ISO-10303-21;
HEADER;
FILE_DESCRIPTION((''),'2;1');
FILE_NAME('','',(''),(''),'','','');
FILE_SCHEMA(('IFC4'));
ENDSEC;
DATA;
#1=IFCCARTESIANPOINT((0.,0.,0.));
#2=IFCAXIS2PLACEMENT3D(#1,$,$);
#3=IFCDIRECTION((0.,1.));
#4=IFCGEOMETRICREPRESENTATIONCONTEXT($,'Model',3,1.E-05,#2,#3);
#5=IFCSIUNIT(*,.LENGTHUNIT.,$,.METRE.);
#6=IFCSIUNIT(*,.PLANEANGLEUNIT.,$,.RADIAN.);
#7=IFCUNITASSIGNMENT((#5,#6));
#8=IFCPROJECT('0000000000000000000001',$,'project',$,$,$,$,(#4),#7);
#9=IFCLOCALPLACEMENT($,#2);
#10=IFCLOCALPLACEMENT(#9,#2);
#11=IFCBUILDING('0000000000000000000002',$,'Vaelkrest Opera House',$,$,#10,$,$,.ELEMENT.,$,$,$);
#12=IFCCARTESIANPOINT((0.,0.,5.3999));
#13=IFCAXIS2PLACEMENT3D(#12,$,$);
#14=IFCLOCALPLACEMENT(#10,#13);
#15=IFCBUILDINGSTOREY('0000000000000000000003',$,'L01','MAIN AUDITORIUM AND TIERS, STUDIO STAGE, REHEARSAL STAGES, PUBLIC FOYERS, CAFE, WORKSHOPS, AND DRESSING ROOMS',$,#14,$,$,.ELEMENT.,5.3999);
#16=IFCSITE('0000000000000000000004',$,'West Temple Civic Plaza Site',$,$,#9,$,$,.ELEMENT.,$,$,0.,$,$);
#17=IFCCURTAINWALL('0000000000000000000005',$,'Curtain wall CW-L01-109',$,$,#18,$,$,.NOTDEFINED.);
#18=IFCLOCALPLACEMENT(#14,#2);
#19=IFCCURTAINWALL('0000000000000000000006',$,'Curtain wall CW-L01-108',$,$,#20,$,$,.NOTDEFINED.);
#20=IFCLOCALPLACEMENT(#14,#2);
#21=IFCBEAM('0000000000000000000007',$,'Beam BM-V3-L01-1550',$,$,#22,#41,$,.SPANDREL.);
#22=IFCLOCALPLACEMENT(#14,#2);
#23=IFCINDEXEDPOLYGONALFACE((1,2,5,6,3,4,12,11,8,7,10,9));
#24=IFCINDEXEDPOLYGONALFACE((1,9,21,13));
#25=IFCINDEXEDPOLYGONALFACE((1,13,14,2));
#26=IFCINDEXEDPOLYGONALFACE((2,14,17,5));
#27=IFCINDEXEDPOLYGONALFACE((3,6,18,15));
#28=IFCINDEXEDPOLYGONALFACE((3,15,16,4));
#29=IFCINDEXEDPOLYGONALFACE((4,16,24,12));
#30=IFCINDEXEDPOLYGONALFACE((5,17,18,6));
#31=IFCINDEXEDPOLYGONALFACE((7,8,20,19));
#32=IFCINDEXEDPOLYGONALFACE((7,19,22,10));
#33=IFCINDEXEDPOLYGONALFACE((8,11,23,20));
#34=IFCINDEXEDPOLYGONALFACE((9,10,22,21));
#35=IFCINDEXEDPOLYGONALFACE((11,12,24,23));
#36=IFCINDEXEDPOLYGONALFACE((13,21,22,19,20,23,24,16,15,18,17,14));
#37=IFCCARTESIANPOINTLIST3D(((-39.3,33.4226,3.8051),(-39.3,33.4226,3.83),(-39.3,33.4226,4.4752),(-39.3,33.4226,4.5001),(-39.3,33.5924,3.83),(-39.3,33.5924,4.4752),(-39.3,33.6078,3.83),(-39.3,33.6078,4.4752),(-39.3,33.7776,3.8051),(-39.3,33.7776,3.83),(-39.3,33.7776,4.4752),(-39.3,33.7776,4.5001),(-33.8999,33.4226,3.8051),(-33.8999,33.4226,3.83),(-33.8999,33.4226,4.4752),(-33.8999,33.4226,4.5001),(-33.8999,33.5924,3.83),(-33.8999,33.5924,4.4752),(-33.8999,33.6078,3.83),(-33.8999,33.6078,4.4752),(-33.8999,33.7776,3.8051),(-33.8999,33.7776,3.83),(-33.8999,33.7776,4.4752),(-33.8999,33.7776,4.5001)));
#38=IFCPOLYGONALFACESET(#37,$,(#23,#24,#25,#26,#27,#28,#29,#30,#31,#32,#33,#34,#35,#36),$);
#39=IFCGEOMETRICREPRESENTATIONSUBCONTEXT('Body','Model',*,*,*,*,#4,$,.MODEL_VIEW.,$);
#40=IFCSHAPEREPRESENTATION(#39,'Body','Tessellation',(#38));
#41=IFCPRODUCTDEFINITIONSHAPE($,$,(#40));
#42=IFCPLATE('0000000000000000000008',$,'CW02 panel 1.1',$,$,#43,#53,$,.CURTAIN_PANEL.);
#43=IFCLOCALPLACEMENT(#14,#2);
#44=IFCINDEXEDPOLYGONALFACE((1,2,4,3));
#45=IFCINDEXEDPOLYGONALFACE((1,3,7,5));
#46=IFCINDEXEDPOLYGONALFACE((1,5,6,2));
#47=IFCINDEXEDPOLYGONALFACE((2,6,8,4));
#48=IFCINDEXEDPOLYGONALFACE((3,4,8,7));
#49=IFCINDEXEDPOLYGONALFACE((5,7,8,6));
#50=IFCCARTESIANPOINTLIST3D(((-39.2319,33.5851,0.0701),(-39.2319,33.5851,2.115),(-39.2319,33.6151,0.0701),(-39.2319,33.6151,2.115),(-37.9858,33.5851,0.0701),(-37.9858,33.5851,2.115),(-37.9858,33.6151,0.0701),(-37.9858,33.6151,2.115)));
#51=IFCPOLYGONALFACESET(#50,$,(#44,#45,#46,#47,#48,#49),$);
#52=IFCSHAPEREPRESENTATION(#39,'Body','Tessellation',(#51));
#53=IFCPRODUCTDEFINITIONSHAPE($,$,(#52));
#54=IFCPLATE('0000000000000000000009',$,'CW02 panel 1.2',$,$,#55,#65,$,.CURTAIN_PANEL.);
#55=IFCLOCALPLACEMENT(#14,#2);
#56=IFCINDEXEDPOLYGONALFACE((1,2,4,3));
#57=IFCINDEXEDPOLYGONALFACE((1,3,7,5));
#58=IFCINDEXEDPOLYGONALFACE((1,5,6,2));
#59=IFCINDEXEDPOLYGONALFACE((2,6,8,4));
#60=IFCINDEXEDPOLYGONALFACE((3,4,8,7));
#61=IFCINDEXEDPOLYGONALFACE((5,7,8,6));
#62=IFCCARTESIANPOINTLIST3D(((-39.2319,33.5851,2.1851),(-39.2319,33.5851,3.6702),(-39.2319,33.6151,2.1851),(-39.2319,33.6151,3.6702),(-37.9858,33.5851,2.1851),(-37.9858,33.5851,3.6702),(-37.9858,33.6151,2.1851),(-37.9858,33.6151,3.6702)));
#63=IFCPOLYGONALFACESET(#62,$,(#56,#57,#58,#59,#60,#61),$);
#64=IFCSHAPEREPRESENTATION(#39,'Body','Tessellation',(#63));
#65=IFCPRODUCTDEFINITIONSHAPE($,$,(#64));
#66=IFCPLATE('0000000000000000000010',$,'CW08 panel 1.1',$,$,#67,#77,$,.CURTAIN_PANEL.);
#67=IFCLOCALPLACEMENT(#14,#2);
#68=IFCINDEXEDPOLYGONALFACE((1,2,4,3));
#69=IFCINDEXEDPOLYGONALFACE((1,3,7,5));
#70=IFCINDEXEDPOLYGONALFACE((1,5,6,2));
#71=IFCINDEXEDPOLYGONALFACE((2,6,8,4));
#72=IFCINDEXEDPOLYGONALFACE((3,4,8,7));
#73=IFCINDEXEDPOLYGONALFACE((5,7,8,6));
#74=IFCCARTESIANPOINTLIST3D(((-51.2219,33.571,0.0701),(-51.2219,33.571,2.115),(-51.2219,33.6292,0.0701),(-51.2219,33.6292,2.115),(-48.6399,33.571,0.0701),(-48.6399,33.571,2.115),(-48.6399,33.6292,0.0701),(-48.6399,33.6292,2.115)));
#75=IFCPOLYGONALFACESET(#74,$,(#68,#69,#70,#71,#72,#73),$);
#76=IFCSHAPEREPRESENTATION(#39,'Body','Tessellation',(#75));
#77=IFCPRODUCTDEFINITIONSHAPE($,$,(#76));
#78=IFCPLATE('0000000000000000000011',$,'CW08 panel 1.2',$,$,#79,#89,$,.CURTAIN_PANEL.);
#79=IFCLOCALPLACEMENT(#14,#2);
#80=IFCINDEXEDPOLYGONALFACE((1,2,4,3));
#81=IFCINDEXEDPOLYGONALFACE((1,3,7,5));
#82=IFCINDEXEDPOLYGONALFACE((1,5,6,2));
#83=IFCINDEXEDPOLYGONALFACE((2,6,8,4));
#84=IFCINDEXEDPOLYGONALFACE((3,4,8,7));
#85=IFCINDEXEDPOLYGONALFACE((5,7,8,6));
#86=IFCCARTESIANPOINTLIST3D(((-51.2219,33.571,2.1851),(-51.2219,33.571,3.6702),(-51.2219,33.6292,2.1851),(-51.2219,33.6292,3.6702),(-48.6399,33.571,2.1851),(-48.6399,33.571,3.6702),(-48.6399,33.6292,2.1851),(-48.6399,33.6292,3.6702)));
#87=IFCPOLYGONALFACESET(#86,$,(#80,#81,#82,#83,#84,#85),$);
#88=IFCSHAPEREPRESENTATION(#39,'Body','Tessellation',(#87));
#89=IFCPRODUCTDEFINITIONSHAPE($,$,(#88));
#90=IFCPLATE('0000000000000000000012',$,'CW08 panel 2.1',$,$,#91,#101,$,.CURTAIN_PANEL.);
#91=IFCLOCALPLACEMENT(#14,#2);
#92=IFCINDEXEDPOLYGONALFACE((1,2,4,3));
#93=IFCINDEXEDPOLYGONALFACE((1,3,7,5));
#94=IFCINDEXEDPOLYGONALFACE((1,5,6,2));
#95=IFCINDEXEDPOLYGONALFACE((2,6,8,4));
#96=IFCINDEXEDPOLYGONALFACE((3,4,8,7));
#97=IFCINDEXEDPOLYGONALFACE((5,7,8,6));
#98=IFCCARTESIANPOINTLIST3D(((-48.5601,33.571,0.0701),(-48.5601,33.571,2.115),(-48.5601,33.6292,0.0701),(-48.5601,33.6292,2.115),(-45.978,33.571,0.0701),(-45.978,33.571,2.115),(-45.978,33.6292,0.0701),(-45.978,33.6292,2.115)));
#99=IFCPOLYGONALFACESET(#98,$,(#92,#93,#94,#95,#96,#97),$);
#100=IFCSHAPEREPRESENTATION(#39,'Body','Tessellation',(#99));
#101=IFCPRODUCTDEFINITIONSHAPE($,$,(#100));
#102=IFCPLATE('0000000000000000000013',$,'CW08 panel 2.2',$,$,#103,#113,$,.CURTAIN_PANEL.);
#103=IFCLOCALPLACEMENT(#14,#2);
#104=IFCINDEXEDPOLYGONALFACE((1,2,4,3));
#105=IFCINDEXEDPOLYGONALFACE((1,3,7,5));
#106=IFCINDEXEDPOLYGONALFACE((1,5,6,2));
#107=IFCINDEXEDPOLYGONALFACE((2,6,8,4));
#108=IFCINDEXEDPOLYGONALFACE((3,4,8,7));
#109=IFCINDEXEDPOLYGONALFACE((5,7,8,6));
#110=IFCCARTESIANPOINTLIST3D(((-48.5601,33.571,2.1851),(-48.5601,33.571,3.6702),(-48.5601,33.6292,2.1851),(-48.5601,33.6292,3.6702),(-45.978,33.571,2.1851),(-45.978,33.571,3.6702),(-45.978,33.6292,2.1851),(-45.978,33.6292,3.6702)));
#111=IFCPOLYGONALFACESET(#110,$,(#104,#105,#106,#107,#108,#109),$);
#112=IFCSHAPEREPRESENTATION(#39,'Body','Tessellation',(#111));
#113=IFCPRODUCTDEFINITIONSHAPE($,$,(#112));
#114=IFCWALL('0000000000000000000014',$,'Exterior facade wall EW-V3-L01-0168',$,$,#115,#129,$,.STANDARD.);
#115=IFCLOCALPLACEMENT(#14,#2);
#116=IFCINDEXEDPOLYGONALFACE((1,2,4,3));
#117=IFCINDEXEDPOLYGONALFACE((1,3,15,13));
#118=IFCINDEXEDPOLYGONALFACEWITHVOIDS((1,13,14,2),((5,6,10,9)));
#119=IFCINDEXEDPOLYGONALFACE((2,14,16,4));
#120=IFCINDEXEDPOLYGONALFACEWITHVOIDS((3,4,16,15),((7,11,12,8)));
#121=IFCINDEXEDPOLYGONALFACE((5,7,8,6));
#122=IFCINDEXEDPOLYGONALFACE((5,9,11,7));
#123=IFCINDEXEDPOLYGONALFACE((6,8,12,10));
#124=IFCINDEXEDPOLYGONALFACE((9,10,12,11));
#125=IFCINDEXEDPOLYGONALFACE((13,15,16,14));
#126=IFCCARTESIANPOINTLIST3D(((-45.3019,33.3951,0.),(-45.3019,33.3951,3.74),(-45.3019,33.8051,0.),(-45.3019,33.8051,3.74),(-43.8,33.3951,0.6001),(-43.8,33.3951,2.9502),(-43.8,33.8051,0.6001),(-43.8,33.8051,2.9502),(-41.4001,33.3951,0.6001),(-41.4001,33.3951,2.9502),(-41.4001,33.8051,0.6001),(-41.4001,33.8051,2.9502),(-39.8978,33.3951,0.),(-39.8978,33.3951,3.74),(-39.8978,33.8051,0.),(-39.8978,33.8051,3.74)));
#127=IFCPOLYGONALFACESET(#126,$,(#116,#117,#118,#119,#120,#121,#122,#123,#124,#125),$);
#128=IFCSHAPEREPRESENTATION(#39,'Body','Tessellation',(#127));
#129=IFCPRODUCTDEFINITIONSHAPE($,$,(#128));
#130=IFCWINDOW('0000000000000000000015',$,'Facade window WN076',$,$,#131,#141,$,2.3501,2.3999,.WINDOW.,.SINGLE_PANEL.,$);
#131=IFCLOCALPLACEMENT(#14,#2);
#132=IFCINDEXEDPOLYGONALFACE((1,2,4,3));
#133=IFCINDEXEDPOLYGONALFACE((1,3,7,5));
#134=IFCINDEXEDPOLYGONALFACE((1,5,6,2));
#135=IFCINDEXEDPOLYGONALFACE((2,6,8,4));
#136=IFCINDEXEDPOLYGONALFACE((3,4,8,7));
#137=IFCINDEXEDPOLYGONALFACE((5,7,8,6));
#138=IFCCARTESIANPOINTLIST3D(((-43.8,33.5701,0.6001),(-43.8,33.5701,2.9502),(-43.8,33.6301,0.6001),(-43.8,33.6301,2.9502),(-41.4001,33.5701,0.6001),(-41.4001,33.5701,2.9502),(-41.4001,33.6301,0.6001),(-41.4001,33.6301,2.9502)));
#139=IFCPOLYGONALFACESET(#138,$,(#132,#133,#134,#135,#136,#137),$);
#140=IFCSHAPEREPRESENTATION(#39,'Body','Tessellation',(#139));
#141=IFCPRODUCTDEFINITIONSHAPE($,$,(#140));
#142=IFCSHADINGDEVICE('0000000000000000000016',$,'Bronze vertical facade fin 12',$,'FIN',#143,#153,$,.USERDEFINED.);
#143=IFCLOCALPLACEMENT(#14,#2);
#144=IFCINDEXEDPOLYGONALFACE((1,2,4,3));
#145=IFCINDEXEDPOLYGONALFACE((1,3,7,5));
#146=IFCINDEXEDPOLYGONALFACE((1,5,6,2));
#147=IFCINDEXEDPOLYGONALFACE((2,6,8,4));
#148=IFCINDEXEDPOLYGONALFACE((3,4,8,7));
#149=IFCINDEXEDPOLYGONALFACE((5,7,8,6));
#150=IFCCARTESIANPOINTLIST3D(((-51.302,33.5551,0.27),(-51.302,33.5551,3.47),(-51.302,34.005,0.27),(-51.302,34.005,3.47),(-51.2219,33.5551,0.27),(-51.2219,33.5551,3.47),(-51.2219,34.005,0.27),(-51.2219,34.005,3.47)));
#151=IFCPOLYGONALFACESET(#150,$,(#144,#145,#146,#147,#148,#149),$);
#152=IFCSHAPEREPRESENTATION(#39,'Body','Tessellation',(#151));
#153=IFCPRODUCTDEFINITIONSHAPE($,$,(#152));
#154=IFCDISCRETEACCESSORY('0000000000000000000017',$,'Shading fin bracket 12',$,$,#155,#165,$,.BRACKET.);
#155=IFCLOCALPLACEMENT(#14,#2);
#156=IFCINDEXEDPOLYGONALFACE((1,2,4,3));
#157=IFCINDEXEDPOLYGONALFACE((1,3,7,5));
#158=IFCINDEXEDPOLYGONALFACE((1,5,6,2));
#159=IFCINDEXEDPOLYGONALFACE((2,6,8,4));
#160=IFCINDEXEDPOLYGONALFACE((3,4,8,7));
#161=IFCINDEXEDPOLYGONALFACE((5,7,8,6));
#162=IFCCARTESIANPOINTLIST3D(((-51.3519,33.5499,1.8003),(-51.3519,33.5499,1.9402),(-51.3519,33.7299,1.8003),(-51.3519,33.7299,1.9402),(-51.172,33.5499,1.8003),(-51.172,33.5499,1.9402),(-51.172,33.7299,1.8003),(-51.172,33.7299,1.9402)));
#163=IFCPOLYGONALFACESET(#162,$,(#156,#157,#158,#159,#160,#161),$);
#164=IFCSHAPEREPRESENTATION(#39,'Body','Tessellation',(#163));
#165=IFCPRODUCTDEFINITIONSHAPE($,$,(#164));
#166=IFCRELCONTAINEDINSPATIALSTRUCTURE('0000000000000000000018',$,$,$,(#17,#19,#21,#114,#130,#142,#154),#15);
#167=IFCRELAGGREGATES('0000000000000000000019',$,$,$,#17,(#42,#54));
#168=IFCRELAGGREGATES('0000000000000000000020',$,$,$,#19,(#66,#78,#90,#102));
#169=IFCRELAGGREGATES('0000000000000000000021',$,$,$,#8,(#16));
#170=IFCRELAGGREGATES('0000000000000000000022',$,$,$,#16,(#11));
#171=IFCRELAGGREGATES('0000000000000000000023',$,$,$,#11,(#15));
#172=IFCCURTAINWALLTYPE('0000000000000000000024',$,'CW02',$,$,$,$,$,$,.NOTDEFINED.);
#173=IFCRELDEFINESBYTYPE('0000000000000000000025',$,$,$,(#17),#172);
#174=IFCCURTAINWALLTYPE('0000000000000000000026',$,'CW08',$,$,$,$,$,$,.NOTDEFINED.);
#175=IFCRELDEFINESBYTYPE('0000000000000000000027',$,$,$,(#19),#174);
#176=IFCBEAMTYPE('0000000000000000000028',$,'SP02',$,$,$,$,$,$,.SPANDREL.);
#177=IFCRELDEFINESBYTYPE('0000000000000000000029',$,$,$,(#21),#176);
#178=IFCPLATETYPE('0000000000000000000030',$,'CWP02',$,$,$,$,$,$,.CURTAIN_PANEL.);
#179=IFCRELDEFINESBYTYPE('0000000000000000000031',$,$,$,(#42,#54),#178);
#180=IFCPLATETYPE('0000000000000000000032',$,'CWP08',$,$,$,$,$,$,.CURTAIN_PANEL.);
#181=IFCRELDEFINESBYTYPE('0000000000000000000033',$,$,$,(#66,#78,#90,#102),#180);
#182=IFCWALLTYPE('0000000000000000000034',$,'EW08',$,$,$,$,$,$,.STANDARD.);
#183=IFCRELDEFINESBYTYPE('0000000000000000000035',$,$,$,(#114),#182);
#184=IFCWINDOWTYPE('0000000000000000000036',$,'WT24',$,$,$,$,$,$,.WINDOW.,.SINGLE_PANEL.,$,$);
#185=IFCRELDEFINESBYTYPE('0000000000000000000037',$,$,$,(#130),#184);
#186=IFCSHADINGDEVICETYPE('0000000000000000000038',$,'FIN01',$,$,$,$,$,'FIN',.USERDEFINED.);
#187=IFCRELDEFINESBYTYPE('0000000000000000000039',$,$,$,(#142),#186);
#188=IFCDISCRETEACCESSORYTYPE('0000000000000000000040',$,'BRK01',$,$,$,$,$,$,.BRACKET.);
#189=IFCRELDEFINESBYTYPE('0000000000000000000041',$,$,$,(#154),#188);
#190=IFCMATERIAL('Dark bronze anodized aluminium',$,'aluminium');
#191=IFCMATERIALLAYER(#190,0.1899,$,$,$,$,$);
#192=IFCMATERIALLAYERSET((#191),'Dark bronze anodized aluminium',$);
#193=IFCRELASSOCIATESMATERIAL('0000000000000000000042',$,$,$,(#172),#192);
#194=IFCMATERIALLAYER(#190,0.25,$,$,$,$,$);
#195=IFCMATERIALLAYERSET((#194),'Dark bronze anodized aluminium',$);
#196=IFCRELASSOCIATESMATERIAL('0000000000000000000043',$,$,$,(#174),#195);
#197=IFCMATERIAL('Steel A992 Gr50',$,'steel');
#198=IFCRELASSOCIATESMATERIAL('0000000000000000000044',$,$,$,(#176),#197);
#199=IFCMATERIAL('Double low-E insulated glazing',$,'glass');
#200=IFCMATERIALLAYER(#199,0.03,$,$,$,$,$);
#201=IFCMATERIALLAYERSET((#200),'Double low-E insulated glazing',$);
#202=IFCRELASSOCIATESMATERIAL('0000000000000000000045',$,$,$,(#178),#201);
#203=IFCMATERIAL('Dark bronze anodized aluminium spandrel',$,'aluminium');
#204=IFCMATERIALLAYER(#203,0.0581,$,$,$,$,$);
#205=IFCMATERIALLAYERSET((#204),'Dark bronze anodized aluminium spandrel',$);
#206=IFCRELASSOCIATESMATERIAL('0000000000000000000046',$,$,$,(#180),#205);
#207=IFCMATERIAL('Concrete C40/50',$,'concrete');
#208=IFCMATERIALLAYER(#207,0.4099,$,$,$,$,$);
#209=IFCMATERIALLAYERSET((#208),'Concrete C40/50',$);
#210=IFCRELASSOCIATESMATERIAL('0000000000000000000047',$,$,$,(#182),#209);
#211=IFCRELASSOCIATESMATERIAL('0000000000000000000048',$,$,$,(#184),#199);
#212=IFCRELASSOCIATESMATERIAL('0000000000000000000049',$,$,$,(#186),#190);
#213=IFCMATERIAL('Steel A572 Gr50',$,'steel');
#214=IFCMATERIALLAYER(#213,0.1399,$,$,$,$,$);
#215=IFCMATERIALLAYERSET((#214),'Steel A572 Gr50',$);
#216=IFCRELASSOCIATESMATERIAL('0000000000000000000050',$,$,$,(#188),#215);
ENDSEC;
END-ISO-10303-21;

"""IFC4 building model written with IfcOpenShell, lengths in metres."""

from ifc_helpers import new_model, si_unit, direction, frame, frame_2d, origin, origin_2d, place, context, subcontext, project, spatial, rectangle, i_section, extrude, material, layer, layer_set, material_profile, profile_set, type_object, element, fill, aggregate, save


model = new_model("IFC4")

# Units and contexts
model_context = context("Model", 3, precision=1e-05, world=origin(), true_north=direction((0.0, 1.0)))
body_context = subcontext(model_context, "Body", "Model", "MODEL_VIEW")
ifc_project = project(units=[si_unit("LENGTHUNIT", "METRE"), si_unit("PLANEANGLEUNIT", "RADIAN")], contexts=[model_context])

# Site, building, storey
site_placement = place(None, origin())
site = spatial("IfcSite", under=ifc_project, at=site_placement, Name="West Temple Civic Plaza Site", CompositionType="ELEMENT", RefElevation=0.0)
building_placement = place(site_placement, origin())
building = spatial("IfcBuilding", under=site, at=building_placement, Name="Vaelkrest Opera House", CompositionType="ELEMENT")
storey_placement = place(building_placement, frame((0.0, 0.0, 5.3999)))
storey = spatial("IfcBuildingStorey", under=building, at=storey_placement, Name="L01", Description="MAIN AUDITORIUM AND TIERS, STUDIO STAGE, REHEARSAL STAGES, PUBLIC FOYERS, CAFE, WORKSHOPS, AND DRESSING ROOMS", CompositionType="ELEMENT", Elevation=5.3999)

# Shared definitions
ifc_material_1 = material(Name="Steel A992 Gr50", Category="steel")

# Curtain wall
ifc_material_2 = material(Name="Dark bronze anodized aluminium", Category="aluminium")
ifc_layer_1 = layer(ifc_material_2, 0.1899)
ifc_layer_set_1 = layer_set([ifc_layer_1], Name="Dark bronze anodized aluminium")
curtain_wall_type_1 = type_object("IfcCurtainWallType", Name="CW02", PredefinedType="NOTDEFINED", material=ifc_layer_set_1)
curtain_wall_1_placement = place(storey_placement, origin())
curtain_wall_1 = element("IfcCurtainWall", 1, at=curtain_wall_1_placement, inside=storey, type_object=curtain_wall_type_1, Name="Curtain wall CW-L01-109", PredefinedType="NOTDEFINED")

# Curtain wall
ifc_layer_2 = layer(ifc_material_2, 0.25)
ifc_layer_set_2 = layer_set([ifc_layer_2], Name="Dark bronze anodized aluminium")
curtain_wall_type_2 = type_object("IfcCurtainWallType", Name="CW08", PredefinedType="NOTDEFINED", material=ifc_layer_set_2)
curtain_wall_2_placement = place(storey_placement, origin())
curtain_wall_2 = element("IfcCurtainWall", 2, at=curtain_wall_2_placement, inside=storey, type_object=curtain_wall_type_2, Name="Curtain wall CW-L01-108", PredefinedType="NOTDEFINED")

# Beam
ifc_material_profile_1 = material_profile(ifc_material_1, i_section(OverallWidth=0.355, OverallDepth=0.6951, WebThickness=0.0154, FlangeThickness=0.0249, at=origin_2d()), Name="W27X146")
ifc_profile_set_1 = profile_set([ifc_material_profile_1], Name="Steel A992 Gr50")
beam_type_1 = type_object("IfcBeamType", Name="SP02", PredefinedType="SPANDREL", material=ifc_profile_set_1)
for number, where, z_axis, x_axis, name in (
    (3, (-39.3, 33.6001, 4.1526), (1.0, 0.0, 0.0), (0.0, 1.0, 0.0), "Beam BM-V3-L01-1550"),
):
    element("IfcBeam", number, at=place(storey_placement, frame(where, z_axis=z_axis, x_axis=x_axis)), inside=storey, type_object=beam_type_1, Name=name, PredefinedType="SPANDREL", context=body_context, shape_type="SweptSolid", body=[
        extrude(i_section(OverallWidth=0.355, OverallDepth=0.6951, WebThickness=0.0154, FlangeThickness=0.0249, at=origin_2d()), origin(), (0.0, 0.0, 1.0), 5.4001),
    ])

# Plates
ifc_material_3 = material(Name="Double low-E insulated glazing", Category="glass")
ifc_layer_3 = layer(ifc_material_3, 0.03)
ifc_layer_set_3 = layer_set([ifc_layer_3], Name="Double low-E insulated glazing")
plate_type_1 = type_object("IfcPlateType", Name="CWP02", PredefinedType="CURTAIN_PANEL", material=ifc_layer_set_3)
plate_1_placement = place(storey_placement, frame((-38.6089, 33.6001, 0.0701), z_axis=(0.0, 0.0, 1.0), x_axis=(1.0, 0.0, 0.0)))
plate_1 = element("IfcPlate", 4, at=plate_1_placement, type_object=plate_type_1, Name="CW02 panel 1.1", PredefinedType="CURTAIN_PANEL", context=body_context, shape_type="SweptSolid", body=[
    extrude(rectangle(XDim=1.2461, YDim=0.03, at=origin_2d()), origin(), (0.0, 0.0, 1.0), 2.0449),
])
plate_2_placement = place(storey_placement, frame((-38.6089, 33.6001, 2.1851), z_axis=(0.0, 0.0, 1.0), x_axis=(1.0, 0.0, 0.0)))
plate_2 = element("IfcPlate", 5, at=plate_2_placement, type_object=plate_type_1, Name="CW02 panel 1.2", PredefinedType="CURTAIN_PANEL", context=body_context, shape_type="SweptSolid", body=[
    extrude(rectangle(XDim=1.2461, YDim=0.03, at=origin_2d()), origin(), (0.0, 0.0, 1.0), 1.4851),
])
aggregate(curtain_wall_1, [plate_1, plate_2])
ifc_material_4 = material(Name="Dark bronze anodized aluminium spandrel", Category="aluminium")
ifc_layer_4 = layer(ifc_material_4, 0.0581)
ifc_layer_set_4 = layer_set([ifc_layer_4], Name="Dark bronze anodized aluminium spandrel")
plate_type_2 = type_object("IfcPlateType", Name="CWP08", PredefinedType="CURTAIN_PANEL", material=ifc_layer_set_4)
plate_3_placement = place(storey_placement, frame((-49.9309, 33.6001, 0.0701), z_axis=(0.0, 0.0, 1.0), x_axis=(1.0, 0.0, 0.0)))
plate_3 = element("IfcPlate", 6, at=plate_3_placement, type_object=plate_type_2, Name="CW08 panel 1.1", PredefinedType="CURTAIN_PANEL", context=body_context, shape_type="SweptSolid", body=[
    extrude(rectangle(XDim=2.582, YDim=0.0581, at=origin_2d()), origin(), (0.0, 0.0, 1.0), 2.0449),
])
plate_4_placement = place(storey_placement, frame((-49.9309, 33.6001, 2.1851), z_axis=(0.0, 0.0, 1.0), x_axis=(1.0, 0.0, 0.0)))
plate_4 = element("IfcPlate", 7, at=plate_4_placement, type_object=plate_type_2, Name="CW08 panel 1.2", PredefinedType="CURTAIN_PANEL", context=body_context, shape_type="SweptSolid", body=[
    extrude(rectangle(XDim=2.582, YDim=0.0581, at=origin_2d()), origin(), (0.0, 0.0, 1.0), 1.4851),
])
plate_5_placement = place(storey_placement, frame((-47.269, 33.6001, 0.0701), z_axis=(0.0, 0.0, 1.0), x_axis=(1.0, 0.0, 0.0)))
plate_5 = element("IfcPlate", 8, at=plate_5_placement, type_object=plate_type_2, Name="CW08 panel 2.1", PredefinedType="CURTAIN_PANEL", context=body_context, shape_type="SweptSolid", body=[
    extrude(rectangle(XDim=2.582, YDim=0.0581, at=origin_2d()), origin(), (0.0, 0.0, 1.0), 2.0449),
])
plate_6_placement = place(storey_placement, frame((-47.269, 33.6001, 2.1851), z_axis=(0.0, 0.0, 1.0), x_axis=(1.0, 0.0, 0.0)))
plate_6 = element("IfcPlate", 9, at=plate_6_placement, type_object=plate_type_2, Name="CW08 panel 2.2", PredefinedType="CURTAIN_PANEL", context=body_context, shape_type="SweptSolid", body=[
    extrude(rectangle(XDim=2.582, YDim=0.0581, at=origin_2d()), origin(), (0.0, 0.0, 1.0), 1.4851),
])
aggregate(curtain_wall_2, [plate_3, plate_4, plate_5, plate_6])

# Wall, opening, window
ifc_material_5 = material(Name="Concrete C40/50", Category="concrete")
ifc_layer_5 = layer(ifc_material_5, 0.4099)
ifc_layer_set_5 = layer_set([ifc_layer_5], Name="Concrete C40/50")
wall_type = type_object("IfcWallType", Name="EW08", PredefinedType="STANDARD", material=ifc_layer_set_5)
wall_placement = place(storey_placement, frame((-45.302, 33.6001, 0.0), z_axis=(0.0, 0.0, 1.0), x_axis=(1.0, 0.0, 0.0)))
wall = element("IfcWall", 10, at=wall_placement, inside=storey, type_object=wall_type, Name="Exterior facade wall EW-V3-L01-0168", PredefinedType="STANDARD", context=body_context, shape_type="SweptSolid", body=[
    extrude(rectangle(XDim=5.4041, YDim=0.4099, at=frame_2d((2.7021, 0.0))), origin(), (0.0, 0.0, 1.0), 3.74),
])
opening_placement = place(wall_placement, frame((1.502, 0.0, 0.6001)))
opening = element("IfcOpeningElement", 11, at=opening_placement, cuts=wall, PredefinedType="OPENING", context=body_context, shape_type="SweptSolid", body=[
    extrude(rectangle(XDim=2.3999, YDim=2.3501, at=frame_2d((1.2, 1.175))), frame((0.0, 0.2148, 0.0), z_axis=(0.0, -1.0, 0.0), x_axis=(1.0, 0.0, 0.0)), (0.0, 0.0, 1.0), 0.4299),
])
window_type = type_object("IfcWindowType", Name="WT24", PartitioningType="SINGLE_PANEL", PredefinedType="WINDOW", material=ifc_material_3)
window_placement = place(opening_placement, origin())
window = element("IfcWindow", 12, at=window_placement, inside=storey, type_object=window_type, Name="Facade window WN076", OverallHeight=2.3501, OverallWidth=2.3999, PartitioningType="SINGLE_PANEL", PredefinedType="WINDOW", context=body_context, shape_type="SweptSolid", body=[
    extrude(rectangle(XDim=2.3999, YDim=2.3501, at=frame_2d((1.2, 1.175))), frame((0.0, 0.03, 0.0), z_axis=(0.0, -1.0, 0.0), x_axis=(1.0, 0.0, 0.0)), (0.0, 0.0, 1.0), 0.0601),
])
fill(opening, window)

# Shading device
shading_device_type = type_object("IfcShadingDeviceType", Name="FIN01", ElementType="FIN", PredefinedType="USERDEFINED", material=ifc_material_2)
shading_device_placement = place(storey_placement, frame((-51.262, 33.78, 0.27), z_axis=(0.0, 0.0, 1.0), x_axis=(0.0, 1.0, 0.0)))
element("IfcShadingDevice", 13, at=shading_device_placement, inside=storey, type_object=shading_device_type, Name="Bronze vertical facade fin 12", ObjectType="FIN", PredefinedType="USERDEFINED", context=body_context, shape_type="SweptSolid", body=[
    extrude(rectangle(XDim=0.45, YDim=0.0801, at=origin_2d()), origin(), (0.0, 0.0, 1.0), 3.2),
])

# Discrete accessory
ifc_material_6 = material(Name="Steel A572 Gr50", Category="steel")
ifc_layer_6 = layer(ifc_material_6, 0.1399)
ifc_layer_set_6 = layer_set([ifc_layer_6], Name="Steel A572 Gr50")
discrete_accessory_type = type_object("IfcDiscreteAccessoryType", Name="BRK01", PredefinedType="BRACKET", material=ifc_layer_set_6)
discrete_accessory_placement = place(storey_placement, frame((-51.262, 33.6399, 1.8003), z_axis=(0.0, 0.0, 1.0), x_axis=(0.0, 1.0, 0.0)))
element("IfcDiscreteAccessory", 14, at=discrete_accessory_placement, inside=storey, type_object=discrete_accessory_type, Name="Shading fin bracket 12", PredefinedType="BRACKET", context=body_context, shape_type="SweptSolid", body=[
    extrude(rectangle(XDim=0.1799, YDim=0.1799, at=origin_2d()), origin(), (0.0, 0.0, 1.0), 0.1399),
])

save(model, "model.ifc")
